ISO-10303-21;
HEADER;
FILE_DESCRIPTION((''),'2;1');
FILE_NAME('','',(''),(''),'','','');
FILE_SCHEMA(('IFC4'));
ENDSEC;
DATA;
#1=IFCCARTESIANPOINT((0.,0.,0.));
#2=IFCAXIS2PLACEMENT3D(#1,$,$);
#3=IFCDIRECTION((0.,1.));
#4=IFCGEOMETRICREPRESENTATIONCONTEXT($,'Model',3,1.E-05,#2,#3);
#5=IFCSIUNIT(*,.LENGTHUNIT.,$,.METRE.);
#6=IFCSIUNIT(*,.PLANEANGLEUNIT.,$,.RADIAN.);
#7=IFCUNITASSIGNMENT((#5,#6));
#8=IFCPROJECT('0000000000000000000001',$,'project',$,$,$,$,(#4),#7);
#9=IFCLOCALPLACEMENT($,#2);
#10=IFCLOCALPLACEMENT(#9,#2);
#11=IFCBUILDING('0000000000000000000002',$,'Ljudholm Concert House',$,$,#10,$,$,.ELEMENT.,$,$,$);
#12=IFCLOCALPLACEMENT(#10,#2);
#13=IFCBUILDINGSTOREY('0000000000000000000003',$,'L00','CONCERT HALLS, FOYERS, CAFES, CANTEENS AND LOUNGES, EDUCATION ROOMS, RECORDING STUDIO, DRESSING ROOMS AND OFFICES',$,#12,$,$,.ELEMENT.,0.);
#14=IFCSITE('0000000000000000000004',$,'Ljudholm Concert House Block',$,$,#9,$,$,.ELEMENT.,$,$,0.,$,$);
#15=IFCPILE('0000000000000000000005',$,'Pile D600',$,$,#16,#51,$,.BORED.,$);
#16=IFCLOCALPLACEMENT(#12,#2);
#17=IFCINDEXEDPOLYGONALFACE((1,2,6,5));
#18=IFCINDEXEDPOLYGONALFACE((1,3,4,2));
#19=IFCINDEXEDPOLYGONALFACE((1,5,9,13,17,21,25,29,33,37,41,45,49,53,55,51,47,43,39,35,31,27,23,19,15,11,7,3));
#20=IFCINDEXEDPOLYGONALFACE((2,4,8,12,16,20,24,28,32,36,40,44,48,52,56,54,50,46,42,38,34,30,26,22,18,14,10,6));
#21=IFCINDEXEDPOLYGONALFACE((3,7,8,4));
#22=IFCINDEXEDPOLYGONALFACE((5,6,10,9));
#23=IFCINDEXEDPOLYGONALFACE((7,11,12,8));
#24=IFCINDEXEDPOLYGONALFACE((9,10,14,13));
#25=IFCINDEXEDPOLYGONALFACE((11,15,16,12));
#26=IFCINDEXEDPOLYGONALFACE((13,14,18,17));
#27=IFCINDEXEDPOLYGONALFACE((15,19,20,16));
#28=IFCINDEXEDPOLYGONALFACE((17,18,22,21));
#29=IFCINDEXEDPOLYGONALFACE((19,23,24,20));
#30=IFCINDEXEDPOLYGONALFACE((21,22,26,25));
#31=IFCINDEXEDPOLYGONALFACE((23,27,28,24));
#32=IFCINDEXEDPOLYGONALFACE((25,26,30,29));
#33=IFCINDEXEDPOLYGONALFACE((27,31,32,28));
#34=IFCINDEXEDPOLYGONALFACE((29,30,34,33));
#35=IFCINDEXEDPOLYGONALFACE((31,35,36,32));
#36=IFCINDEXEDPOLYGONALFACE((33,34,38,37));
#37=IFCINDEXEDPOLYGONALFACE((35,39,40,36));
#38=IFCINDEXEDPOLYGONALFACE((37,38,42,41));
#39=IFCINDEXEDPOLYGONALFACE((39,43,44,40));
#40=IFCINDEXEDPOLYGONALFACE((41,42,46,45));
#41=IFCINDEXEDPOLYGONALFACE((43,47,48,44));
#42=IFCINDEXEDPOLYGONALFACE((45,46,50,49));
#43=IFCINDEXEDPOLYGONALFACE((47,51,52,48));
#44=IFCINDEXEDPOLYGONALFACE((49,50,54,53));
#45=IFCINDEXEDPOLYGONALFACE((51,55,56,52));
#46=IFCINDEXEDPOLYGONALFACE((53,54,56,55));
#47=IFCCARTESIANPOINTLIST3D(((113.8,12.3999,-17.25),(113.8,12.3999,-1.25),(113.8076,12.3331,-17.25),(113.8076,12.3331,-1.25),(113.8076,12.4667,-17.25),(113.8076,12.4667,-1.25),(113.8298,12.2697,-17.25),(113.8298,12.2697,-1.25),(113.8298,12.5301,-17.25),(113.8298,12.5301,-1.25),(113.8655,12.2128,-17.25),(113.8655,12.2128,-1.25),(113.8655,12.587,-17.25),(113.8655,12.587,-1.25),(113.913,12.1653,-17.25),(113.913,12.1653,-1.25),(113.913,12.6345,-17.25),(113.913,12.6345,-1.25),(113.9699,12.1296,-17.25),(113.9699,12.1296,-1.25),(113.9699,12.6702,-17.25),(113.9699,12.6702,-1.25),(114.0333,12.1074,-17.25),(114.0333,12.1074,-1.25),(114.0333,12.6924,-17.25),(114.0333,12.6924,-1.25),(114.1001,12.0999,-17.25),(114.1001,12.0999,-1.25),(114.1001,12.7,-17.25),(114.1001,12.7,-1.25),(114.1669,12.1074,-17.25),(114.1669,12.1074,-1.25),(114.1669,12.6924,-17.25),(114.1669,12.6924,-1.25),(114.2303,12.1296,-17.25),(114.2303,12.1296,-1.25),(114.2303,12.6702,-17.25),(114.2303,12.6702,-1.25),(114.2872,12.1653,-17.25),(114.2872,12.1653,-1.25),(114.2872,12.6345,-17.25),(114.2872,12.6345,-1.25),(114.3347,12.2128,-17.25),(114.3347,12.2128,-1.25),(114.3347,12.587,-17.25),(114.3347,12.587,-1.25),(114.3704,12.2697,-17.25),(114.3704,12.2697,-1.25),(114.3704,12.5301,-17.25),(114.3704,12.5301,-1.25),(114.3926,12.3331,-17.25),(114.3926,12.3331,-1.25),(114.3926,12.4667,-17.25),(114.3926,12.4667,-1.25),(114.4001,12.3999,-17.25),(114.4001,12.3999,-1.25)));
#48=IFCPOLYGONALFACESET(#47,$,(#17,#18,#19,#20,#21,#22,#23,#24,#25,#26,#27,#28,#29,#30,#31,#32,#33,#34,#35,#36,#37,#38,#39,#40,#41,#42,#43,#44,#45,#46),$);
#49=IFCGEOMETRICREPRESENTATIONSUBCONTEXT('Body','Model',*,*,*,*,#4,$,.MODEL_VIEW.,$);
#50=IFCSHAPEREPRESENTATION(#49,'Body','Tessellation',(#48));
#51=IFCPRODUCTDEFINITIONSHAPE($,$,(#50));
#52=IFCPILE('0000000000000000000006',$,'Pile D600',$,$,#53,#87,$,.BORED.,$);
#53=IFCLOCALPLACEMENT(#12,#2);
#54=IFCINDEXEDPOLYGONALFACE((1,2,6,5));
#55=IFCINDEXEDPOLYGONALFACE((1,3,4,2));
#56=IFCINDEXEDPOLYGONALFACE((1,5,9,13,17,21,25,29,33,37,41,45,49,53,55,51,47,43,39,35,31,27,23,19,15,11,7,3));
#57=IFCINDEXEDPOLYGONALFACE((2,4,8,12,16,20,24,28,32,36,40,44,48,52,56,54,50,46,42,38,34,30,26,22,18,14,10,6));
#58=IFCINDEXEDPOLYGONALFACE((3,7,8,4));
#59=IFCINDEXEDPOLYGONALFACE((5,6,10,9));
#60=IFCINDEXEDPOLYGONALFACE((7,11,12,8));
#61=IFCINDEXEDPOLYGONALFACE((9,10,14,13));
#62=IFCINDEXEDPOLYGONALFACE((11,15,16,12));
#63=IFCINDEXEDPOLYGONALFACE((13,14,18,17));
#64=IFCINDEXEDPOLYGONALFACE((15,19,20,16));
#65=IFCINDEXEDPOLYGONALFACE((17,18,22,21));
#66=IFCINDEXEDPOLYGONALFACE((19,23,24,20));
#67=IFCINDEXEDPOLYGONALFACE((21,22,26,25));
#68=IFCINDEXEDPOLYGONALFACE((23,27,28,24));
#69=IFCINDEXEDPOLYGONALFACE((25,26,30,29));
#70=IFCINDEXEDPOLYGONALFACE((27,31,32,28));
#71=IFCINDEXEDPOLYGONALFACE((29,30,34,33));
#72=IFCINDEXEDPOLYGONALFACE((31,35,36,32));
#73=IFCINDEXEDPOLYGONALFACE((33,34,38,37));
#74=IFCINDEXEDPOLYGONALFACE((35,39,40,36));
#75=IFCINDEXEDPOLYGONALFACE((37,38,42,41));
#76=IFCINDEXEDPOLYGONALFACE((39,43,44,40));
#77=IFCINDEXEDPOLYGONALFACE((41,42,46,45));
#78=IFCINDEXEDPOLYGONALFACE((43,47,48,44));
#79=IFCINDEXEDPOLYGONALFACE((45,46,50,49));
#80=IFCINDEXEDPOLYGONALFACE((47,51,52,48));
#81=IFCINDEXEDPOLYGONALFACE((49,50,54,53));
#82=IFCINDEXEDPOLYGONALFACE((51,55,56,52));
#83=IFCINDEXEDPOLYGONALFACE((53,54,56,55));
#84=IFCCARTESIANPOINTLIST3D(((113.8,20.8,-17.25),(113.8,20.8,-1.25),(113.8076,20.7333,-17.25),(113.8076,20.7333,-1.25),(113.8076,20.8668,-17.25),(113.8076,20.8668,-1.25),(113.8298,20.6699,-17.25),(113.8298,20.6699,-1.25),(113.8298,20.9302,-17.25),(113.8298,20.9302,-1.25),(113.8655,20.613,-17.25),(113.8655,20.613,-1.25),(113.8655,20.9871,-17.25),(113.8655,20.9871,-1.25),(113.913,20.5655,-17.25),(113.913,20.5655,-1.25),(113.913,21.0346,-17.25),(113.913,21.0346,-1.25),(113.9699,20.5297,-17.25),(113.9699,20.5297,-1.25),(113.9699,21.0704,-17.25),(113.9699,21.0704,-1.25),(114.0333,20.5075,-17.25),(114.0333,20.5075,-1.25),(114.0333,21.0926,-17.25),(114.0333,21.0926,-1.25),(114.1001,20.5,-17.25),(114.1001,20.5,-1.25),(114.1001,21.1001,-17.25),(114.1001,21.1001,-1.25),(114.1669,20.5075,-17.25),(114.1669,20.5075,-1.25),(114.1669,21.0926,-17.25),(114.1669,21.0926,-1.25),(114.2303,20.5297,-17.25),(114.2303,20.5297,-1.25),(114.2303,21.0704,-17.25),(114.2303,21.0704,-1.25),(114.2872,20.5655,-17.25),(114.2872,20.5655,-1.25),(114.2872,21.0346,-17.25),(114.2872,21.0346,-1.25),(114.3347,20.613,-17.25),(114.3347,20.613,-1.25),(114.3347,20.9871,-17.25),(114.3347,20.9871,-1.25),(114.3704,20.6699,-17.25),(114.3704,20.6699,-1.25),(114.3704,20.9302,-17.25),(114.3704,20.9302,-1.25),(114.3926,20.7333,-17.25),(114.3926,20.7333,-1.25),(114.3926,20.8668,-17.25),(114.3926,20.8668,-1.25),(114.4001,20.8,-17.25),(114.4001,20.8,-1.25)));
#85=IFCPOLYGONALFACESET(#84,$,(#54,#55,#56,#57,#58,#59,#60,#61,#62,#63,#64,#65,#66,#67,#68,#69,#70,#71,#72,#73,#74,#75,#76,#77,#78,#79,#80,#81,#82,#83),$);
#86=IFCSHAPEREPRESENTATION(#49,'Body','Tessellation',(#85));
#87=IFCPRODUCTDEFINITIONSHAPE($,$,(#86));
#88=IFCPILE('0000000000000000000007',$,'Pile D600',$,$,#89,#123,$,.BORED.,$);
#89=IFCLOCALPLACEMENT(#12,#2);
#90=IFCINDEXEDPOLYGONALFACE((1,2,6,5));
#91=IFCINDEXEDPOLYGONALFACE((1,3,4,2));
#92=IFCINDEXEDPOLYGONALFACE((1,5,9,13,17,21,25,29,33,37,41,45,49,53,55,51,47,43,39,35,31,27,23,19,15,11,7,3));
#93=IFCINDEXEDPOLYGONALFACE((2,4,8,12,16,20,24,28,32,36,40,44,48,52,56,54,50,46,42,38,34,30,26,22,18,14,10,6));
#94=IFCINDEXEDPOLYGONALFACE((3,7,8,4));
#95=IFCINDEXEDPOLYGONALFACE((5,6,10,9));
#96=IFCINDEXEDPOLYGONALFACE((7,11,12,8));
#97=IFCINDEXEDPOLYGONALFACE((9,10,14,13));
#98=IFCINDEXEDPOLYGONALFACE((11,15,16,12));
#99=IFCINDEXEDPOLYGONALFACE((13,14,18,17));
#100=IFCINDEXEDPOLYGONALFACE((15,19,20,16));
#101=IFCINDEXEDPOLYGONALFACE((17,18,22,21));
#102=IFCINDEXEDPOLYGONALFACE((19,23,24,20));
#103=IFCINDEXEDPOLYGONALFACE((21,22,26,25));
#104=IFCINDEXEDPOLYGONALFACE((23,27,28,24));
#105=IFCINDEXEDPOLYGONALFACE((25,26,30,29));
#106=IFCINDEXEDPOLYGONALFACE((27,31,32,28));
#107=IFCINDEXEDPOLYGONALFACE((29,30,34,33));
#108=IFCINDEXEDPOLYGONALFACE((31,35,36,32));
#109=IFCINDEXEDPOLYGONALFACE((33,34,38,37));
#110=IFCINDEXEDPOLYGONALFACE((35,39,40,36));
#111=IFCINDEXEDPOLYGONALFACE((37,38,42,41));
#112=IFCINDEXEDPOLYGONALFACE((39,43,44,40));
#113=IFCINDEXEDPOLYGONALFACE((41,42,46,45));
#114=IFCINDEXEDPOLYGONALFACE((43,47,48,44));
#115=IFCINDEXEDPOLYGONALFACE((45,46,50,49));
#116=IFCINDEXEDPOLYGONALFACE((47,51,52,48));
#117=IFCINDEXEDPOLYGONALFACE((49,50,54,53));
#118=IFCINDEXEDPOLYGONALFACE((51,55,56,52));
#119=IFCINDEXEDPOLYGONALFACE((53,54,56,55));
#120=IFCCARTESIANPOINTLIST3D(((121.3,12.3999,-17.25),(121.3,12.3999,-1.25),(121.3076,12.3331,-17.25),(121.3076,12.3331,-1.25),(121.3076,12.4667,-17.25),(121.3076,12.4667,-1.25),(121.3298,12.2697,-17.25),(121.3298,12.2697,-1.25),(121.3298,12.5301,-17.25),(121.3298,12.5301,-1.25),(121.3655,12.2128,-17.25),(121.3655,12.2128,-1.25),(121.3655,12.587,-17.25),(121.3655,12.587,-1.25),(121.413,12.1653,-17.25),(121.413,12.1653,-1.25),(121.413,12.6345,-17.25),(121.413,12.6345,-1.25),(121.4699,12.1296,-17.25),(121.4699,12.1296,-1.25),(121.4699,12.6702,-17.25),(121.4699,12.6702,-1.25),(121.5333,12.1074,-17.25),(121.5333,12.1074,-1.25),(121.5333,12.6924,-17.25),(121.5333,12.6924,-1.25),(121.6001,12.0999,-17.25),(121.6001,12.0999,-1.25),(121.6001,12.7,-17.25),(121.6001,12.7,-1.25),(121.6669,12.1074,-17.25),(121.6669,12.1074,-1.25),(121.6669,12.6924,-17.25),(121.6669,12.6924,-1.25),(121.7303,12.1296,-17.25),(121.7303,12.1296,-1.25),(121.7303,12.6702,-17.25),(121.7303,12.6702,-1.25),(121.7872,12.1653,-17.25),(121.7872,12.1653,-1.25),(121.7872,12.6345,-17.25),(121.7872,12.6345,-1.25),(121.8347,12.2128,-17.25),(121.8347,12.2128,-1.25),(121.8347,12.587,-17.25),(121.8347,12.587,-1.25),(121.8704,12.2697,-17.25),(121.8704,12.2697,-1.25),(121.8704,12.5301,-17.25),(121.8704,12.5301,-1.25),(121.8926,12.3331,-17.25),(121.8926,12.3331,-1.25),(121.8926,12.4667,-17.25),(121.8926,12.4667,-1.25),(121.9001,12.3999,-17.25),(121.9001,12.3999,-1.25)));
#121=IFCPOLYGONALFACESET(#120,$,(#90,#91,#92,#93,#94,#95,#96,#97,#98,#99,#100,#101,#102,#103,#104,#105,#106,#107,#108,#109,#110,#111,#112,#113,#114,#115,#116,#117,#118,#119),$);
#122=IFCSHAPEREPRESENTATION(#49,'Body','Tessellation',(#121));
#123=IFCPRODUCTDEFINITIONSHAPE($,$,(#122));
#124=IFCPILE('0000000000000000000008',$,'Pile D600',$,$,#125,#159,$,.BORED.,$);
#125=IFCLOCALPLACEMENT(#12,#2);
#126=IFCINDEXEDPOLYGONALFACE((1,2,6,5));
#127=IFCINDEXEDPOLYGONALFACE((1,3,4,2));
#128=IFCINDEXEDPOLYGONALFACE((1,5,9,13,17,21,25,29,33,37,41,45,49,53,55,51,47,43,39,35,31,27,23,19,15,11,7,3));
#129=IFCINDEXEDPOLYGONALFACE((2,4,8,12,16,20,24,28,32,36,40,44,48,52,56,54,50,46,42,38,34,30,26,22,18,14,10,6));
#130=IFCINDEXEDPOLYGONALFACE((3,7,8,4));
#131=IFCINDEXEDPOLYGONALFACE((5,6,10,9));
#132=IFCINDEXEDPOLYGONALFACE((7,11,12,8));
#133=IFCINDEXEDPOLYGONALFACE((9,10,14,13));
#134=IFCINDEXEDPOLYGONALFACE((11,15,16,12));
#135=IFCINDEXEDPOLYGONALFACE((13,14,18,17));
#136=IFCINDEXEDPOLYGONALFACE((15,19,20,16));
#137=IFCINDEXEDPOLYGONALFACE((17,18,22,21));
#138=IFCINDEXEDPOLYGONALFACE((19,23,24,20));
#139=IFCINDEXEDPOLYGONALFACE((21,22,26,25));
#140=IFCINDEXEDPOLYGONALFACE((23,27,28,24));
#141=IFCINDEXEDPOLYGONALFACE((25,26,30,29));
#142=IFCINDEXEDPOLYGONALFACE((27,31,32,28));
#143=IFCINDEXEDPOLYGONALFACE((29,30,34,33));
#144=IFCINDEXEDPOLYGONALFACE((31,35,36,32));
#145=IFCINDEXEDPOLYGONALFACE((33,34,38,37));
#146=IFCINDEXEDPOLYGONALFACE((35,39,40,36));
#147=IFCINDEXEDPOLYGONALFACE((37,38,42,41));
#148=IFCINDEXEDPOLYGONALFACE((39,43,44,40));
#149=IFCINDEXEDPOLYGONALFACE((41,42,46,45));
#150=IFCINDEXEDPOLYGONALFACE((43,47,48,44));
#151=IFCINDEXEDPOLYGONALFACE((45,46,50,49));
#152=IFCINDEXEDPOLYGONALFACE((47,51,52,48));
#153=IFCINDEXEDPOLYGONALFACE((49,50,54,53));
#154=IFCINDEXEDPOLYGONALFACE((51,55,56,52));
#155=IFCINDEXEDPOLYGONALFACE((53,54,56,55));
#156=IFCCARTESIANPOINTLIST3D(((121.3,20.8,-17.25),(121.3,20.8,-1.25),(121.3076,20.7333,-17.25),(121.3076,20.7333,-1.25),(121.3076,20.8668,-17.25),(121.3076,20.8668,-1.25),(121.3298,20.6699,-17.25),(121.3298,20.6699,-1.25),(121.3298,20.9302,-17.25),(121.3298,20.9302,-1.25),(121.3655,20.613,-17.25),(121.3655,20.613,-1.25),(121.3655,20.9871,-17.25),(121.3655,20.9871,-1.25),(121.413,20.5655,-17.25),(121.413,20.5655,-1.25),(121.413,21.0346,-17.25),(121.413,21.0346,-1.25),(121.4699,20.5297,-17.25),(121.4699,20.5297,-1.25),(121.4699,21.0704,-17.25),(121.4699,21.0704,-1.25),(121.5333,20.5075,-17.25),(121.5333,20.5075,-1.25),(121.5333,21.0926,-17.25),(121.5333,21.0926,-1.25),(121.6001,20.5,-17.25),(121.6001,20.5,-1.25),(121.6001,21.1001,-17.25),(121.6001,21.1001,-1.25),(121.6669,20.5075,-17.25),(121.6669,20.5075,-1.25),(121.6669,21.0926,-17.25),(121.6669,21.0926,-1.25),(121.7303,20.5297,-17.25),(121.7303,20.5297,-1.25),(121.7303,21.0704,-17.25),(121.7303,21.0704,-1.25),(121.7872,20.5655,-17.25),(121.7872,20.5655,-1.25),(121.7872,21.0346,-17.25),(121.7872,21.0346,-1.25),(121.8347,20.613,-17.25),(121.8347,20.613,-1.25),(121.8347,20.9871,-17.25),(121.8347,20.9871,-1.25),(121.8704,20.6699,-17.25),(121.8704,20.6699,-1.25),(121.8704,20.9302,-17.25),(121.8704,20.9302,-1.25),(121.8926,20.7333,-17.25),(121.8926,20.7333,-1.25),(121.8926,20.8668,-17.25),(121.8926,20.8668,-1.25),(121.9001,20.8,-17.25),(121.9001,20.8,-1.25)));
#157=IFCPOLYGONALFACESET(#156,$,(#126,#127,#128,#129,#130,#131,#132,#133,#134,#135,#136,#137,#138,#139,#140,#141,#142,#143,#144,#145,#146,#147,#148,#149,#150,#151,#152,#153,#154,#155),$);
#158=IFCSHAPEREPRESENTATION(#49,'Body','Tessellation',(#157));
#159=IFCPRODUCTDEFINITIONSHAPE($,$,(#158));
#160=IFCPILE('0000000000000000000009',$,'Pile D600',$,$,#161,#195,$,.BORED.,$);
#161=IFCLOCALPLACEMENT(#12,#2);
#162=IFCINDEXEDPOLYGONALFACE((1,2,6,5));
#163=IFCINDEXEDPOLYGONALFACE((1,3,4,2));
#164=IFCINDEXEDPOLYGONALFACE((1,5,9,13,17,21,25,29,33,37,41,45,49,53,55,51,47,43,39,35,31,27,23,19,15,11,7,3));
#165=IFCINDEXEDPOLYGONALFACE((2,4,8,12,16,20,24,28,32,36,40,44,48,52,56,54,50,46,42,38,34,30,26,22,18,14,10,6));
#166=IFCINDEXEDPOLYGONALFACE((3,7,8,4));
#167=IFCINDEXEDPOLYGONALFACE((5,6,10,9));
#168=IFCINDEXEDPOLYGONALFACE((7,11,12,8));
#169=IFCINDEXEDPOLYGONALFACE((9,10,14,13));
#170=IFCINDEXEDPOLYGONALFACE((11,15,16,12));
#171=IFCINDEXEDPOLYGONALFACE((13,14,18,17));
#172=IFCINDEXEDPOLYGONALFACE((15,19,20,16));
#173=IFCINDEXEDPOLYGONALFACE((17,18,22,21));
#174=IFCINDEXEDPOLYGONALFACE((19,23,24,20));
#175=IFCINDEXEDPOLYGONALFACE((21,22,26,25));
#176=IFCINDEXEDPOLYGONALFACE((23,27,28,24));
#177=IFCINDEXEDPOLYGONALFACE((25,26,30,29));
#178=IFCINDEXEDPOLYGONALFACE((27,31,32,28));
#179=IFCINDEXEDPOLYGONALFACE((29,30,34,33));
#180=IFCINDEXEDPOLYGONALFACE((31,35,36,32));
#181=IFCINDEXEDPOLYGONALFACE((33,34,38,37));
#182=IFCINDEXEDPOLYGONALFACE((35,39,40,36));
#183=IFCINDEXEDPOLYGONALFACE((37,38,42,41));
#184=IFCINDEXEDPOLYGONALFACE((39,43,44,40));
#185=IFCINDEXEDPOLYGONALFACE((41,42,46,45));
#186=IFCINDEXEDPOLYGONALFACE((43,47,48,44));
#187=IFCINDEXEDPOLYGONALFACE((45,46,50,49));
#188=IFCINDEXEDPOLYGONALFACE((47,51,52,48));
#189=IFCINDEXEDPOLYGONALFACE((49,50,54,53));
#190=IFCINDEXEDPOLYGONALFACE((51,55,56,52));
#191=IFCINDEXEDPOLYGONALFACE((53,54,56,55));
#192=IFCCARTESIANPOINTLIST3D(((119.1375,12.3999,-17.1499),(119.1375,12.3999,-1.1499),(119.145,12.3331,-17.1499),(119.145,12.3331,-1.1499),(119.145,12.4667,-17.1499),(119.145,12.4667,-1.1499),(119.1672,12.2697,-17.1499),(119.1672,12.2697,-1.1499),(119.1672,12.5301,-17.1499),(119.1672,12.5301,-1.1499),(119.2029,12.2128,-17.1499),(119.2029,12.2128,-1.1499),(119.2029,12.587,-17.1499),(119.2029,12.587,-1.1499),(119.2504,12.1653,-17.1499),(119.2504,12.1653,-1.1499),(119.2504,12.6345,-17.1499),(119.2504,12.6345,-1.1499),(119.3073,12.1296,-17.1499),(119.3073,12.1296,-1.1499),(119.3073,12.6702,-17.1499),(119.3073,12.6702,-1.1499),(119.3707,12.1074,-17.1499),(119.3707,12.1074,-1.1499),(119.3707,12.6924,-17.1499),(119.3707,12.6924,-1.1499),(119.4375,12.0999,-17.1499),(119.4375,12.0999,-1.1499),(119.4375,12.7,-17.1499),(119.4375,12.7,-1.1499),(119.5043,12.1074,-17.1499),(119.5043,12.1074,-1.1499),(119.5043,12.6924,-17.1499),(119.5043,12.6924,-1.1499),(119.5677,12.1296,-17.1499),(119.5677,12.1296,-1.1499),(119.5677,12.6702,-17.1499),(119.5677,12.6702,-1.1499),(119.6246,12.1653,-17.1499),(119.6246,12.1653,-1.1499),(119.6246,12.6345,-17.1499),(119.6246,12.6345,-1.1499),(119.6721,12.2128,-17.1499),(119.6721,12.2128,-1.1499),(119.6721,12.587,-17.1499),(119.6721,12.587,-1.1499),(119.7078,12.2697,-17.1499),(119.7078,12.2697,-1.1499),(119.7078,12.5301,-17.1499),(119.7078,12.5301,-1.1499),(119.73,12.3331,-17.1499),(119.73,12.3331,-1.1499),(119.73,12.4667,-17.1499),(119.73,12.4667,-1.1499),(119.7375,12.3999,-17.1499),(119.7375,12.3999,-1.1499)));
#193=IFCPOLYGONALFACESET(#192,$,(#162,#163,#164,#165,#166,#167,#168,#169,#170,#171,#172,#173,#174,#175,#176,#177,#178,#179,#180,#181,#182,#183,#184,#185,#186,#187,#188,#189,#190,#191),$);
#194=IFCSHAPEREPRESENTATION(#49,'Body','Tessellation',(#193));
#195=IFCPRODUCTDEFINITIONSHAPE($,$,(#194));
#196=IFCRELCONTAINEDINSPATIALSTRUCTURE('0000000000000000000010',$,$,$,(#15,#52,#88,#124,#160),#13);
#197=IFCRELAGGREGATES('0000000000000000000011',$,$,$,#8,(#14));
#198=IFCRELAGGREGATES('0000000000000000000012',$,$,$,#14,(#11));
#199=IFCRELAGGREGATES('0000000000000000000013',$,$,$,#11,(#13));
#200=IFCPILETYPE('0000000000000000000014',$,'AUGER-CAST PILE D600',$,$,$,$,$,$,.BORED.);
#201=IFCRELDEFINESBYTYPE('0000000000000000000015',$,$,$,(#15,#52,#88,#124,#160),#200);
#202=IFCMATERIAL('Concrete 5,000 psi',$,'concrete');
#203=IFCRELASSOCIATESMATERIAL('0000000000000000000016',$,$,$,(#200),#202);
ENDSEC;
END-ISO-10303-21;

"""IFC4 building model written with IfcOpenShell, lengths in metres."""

from ifc_helpers import new_model, si_unit, direction, frame, origin, origin_2d, place, context, subcontext, project, spatial, circle, extrude, material, material_profile, profile_set, type_object, element, save


model = new_model("IFC4")

# Units and contexts
model_context = context("Model", 3, precision=1e-05, world=origin(), true_north=direction((0.0, 1.0)))
body_context = subcontext(model_context, "Body", "Model", "MODEL_VIEW")
ifc_project = project(units=[si_unit("LENGTHUNIT", "METRE"), si_unit("PLANEANGLEUNIT", "RADIAN")], contexts=[model_context])

# Site, building, storey
site_placement = place(None, origin())
site = spatial("IfcSite", under=ifc_project, at=site_placement, Name="Ljudholm Concert House Block", CompositionType="ELEMENT", RefElevation=0.0)
building_placement = place(site_placement, origin())
building = spatial("IfcBuilding", under=site, at=building_placement, Name="Ljudholm Concert House", CompositionType="ELEMENT")
storey_placement = place(building_placement, origin())
storey = spatial("IfcBuildingStorey", under=building, at=storey_placement, Name="L00", Description="CONCERT HALLS, FOYERS, CAFES, CANTEENS AND LOUNGES, EDUCATION ROOMS, RECORDING STUDIO, DRESSING ROOMS AND OFFICES", CompositionType="ELEMENT", Elevation=0.0)

# Piles
ifc_material_1 = material(Name="Concrete 5,000 psi", Category="concrete")
ifc_material_profile_1 = material_profile(ifc_material_1, circle(Radius=0.3, at=origin_2d()), Name="AUGER-CAST PILE D600")
ifc_profile_set_1 = profile_set([ifc_material_profile_1], Name="Concrete 5,000 psi")
pile_type = type_object("IfcPileType", Name="AUGER-CAST PILE D600", PredefinedType="BORED", material=ifc_profile_set_1)
for number, where, z_axis, x_axis, name in (
    (1, (114.1001, 12.3999, -1.25), (0.0, 0.0, -1.0), (1.0, 0.0, 0.0), "Pile D600"),
    (2, (114.1001, 20.8, -1.25), (0.0, 0.0, -1.0), (1.0, 0.0, 0.0), "Pile D600"),
    (3, (121.6001, 12.3999, -1.25), (0.0, 0.0, -1.0), (1.0, 0.0, 0.0), "Pile D600"),
    (4, (121.6001, 20.8, -1.25), (0.0, 0.0, -1.0), (1.0, 0.0, 0.0), "Pile D600"),
    (5, (119.4375, 12.3999, -1.1499), (0.0, 0.0, -1.0), (1.0, 0.0, 0.0), "Pile D600"),
):
    element("IfcPile", number, at=place(storey_placement, frame(where, z_axis=z_axis, x_axis=x_axis)), inside=storey, type_object=pile_type, Name=name, PredefinedType="BORED", context=body_context, shape_type="SweptSolid", body=[
        extrude(circle(Radius=0.3, at=origin_2d()), origin(), (0.0, 0.0, 1.0), 16.0),
    ])

save(model, "model.ifc")
